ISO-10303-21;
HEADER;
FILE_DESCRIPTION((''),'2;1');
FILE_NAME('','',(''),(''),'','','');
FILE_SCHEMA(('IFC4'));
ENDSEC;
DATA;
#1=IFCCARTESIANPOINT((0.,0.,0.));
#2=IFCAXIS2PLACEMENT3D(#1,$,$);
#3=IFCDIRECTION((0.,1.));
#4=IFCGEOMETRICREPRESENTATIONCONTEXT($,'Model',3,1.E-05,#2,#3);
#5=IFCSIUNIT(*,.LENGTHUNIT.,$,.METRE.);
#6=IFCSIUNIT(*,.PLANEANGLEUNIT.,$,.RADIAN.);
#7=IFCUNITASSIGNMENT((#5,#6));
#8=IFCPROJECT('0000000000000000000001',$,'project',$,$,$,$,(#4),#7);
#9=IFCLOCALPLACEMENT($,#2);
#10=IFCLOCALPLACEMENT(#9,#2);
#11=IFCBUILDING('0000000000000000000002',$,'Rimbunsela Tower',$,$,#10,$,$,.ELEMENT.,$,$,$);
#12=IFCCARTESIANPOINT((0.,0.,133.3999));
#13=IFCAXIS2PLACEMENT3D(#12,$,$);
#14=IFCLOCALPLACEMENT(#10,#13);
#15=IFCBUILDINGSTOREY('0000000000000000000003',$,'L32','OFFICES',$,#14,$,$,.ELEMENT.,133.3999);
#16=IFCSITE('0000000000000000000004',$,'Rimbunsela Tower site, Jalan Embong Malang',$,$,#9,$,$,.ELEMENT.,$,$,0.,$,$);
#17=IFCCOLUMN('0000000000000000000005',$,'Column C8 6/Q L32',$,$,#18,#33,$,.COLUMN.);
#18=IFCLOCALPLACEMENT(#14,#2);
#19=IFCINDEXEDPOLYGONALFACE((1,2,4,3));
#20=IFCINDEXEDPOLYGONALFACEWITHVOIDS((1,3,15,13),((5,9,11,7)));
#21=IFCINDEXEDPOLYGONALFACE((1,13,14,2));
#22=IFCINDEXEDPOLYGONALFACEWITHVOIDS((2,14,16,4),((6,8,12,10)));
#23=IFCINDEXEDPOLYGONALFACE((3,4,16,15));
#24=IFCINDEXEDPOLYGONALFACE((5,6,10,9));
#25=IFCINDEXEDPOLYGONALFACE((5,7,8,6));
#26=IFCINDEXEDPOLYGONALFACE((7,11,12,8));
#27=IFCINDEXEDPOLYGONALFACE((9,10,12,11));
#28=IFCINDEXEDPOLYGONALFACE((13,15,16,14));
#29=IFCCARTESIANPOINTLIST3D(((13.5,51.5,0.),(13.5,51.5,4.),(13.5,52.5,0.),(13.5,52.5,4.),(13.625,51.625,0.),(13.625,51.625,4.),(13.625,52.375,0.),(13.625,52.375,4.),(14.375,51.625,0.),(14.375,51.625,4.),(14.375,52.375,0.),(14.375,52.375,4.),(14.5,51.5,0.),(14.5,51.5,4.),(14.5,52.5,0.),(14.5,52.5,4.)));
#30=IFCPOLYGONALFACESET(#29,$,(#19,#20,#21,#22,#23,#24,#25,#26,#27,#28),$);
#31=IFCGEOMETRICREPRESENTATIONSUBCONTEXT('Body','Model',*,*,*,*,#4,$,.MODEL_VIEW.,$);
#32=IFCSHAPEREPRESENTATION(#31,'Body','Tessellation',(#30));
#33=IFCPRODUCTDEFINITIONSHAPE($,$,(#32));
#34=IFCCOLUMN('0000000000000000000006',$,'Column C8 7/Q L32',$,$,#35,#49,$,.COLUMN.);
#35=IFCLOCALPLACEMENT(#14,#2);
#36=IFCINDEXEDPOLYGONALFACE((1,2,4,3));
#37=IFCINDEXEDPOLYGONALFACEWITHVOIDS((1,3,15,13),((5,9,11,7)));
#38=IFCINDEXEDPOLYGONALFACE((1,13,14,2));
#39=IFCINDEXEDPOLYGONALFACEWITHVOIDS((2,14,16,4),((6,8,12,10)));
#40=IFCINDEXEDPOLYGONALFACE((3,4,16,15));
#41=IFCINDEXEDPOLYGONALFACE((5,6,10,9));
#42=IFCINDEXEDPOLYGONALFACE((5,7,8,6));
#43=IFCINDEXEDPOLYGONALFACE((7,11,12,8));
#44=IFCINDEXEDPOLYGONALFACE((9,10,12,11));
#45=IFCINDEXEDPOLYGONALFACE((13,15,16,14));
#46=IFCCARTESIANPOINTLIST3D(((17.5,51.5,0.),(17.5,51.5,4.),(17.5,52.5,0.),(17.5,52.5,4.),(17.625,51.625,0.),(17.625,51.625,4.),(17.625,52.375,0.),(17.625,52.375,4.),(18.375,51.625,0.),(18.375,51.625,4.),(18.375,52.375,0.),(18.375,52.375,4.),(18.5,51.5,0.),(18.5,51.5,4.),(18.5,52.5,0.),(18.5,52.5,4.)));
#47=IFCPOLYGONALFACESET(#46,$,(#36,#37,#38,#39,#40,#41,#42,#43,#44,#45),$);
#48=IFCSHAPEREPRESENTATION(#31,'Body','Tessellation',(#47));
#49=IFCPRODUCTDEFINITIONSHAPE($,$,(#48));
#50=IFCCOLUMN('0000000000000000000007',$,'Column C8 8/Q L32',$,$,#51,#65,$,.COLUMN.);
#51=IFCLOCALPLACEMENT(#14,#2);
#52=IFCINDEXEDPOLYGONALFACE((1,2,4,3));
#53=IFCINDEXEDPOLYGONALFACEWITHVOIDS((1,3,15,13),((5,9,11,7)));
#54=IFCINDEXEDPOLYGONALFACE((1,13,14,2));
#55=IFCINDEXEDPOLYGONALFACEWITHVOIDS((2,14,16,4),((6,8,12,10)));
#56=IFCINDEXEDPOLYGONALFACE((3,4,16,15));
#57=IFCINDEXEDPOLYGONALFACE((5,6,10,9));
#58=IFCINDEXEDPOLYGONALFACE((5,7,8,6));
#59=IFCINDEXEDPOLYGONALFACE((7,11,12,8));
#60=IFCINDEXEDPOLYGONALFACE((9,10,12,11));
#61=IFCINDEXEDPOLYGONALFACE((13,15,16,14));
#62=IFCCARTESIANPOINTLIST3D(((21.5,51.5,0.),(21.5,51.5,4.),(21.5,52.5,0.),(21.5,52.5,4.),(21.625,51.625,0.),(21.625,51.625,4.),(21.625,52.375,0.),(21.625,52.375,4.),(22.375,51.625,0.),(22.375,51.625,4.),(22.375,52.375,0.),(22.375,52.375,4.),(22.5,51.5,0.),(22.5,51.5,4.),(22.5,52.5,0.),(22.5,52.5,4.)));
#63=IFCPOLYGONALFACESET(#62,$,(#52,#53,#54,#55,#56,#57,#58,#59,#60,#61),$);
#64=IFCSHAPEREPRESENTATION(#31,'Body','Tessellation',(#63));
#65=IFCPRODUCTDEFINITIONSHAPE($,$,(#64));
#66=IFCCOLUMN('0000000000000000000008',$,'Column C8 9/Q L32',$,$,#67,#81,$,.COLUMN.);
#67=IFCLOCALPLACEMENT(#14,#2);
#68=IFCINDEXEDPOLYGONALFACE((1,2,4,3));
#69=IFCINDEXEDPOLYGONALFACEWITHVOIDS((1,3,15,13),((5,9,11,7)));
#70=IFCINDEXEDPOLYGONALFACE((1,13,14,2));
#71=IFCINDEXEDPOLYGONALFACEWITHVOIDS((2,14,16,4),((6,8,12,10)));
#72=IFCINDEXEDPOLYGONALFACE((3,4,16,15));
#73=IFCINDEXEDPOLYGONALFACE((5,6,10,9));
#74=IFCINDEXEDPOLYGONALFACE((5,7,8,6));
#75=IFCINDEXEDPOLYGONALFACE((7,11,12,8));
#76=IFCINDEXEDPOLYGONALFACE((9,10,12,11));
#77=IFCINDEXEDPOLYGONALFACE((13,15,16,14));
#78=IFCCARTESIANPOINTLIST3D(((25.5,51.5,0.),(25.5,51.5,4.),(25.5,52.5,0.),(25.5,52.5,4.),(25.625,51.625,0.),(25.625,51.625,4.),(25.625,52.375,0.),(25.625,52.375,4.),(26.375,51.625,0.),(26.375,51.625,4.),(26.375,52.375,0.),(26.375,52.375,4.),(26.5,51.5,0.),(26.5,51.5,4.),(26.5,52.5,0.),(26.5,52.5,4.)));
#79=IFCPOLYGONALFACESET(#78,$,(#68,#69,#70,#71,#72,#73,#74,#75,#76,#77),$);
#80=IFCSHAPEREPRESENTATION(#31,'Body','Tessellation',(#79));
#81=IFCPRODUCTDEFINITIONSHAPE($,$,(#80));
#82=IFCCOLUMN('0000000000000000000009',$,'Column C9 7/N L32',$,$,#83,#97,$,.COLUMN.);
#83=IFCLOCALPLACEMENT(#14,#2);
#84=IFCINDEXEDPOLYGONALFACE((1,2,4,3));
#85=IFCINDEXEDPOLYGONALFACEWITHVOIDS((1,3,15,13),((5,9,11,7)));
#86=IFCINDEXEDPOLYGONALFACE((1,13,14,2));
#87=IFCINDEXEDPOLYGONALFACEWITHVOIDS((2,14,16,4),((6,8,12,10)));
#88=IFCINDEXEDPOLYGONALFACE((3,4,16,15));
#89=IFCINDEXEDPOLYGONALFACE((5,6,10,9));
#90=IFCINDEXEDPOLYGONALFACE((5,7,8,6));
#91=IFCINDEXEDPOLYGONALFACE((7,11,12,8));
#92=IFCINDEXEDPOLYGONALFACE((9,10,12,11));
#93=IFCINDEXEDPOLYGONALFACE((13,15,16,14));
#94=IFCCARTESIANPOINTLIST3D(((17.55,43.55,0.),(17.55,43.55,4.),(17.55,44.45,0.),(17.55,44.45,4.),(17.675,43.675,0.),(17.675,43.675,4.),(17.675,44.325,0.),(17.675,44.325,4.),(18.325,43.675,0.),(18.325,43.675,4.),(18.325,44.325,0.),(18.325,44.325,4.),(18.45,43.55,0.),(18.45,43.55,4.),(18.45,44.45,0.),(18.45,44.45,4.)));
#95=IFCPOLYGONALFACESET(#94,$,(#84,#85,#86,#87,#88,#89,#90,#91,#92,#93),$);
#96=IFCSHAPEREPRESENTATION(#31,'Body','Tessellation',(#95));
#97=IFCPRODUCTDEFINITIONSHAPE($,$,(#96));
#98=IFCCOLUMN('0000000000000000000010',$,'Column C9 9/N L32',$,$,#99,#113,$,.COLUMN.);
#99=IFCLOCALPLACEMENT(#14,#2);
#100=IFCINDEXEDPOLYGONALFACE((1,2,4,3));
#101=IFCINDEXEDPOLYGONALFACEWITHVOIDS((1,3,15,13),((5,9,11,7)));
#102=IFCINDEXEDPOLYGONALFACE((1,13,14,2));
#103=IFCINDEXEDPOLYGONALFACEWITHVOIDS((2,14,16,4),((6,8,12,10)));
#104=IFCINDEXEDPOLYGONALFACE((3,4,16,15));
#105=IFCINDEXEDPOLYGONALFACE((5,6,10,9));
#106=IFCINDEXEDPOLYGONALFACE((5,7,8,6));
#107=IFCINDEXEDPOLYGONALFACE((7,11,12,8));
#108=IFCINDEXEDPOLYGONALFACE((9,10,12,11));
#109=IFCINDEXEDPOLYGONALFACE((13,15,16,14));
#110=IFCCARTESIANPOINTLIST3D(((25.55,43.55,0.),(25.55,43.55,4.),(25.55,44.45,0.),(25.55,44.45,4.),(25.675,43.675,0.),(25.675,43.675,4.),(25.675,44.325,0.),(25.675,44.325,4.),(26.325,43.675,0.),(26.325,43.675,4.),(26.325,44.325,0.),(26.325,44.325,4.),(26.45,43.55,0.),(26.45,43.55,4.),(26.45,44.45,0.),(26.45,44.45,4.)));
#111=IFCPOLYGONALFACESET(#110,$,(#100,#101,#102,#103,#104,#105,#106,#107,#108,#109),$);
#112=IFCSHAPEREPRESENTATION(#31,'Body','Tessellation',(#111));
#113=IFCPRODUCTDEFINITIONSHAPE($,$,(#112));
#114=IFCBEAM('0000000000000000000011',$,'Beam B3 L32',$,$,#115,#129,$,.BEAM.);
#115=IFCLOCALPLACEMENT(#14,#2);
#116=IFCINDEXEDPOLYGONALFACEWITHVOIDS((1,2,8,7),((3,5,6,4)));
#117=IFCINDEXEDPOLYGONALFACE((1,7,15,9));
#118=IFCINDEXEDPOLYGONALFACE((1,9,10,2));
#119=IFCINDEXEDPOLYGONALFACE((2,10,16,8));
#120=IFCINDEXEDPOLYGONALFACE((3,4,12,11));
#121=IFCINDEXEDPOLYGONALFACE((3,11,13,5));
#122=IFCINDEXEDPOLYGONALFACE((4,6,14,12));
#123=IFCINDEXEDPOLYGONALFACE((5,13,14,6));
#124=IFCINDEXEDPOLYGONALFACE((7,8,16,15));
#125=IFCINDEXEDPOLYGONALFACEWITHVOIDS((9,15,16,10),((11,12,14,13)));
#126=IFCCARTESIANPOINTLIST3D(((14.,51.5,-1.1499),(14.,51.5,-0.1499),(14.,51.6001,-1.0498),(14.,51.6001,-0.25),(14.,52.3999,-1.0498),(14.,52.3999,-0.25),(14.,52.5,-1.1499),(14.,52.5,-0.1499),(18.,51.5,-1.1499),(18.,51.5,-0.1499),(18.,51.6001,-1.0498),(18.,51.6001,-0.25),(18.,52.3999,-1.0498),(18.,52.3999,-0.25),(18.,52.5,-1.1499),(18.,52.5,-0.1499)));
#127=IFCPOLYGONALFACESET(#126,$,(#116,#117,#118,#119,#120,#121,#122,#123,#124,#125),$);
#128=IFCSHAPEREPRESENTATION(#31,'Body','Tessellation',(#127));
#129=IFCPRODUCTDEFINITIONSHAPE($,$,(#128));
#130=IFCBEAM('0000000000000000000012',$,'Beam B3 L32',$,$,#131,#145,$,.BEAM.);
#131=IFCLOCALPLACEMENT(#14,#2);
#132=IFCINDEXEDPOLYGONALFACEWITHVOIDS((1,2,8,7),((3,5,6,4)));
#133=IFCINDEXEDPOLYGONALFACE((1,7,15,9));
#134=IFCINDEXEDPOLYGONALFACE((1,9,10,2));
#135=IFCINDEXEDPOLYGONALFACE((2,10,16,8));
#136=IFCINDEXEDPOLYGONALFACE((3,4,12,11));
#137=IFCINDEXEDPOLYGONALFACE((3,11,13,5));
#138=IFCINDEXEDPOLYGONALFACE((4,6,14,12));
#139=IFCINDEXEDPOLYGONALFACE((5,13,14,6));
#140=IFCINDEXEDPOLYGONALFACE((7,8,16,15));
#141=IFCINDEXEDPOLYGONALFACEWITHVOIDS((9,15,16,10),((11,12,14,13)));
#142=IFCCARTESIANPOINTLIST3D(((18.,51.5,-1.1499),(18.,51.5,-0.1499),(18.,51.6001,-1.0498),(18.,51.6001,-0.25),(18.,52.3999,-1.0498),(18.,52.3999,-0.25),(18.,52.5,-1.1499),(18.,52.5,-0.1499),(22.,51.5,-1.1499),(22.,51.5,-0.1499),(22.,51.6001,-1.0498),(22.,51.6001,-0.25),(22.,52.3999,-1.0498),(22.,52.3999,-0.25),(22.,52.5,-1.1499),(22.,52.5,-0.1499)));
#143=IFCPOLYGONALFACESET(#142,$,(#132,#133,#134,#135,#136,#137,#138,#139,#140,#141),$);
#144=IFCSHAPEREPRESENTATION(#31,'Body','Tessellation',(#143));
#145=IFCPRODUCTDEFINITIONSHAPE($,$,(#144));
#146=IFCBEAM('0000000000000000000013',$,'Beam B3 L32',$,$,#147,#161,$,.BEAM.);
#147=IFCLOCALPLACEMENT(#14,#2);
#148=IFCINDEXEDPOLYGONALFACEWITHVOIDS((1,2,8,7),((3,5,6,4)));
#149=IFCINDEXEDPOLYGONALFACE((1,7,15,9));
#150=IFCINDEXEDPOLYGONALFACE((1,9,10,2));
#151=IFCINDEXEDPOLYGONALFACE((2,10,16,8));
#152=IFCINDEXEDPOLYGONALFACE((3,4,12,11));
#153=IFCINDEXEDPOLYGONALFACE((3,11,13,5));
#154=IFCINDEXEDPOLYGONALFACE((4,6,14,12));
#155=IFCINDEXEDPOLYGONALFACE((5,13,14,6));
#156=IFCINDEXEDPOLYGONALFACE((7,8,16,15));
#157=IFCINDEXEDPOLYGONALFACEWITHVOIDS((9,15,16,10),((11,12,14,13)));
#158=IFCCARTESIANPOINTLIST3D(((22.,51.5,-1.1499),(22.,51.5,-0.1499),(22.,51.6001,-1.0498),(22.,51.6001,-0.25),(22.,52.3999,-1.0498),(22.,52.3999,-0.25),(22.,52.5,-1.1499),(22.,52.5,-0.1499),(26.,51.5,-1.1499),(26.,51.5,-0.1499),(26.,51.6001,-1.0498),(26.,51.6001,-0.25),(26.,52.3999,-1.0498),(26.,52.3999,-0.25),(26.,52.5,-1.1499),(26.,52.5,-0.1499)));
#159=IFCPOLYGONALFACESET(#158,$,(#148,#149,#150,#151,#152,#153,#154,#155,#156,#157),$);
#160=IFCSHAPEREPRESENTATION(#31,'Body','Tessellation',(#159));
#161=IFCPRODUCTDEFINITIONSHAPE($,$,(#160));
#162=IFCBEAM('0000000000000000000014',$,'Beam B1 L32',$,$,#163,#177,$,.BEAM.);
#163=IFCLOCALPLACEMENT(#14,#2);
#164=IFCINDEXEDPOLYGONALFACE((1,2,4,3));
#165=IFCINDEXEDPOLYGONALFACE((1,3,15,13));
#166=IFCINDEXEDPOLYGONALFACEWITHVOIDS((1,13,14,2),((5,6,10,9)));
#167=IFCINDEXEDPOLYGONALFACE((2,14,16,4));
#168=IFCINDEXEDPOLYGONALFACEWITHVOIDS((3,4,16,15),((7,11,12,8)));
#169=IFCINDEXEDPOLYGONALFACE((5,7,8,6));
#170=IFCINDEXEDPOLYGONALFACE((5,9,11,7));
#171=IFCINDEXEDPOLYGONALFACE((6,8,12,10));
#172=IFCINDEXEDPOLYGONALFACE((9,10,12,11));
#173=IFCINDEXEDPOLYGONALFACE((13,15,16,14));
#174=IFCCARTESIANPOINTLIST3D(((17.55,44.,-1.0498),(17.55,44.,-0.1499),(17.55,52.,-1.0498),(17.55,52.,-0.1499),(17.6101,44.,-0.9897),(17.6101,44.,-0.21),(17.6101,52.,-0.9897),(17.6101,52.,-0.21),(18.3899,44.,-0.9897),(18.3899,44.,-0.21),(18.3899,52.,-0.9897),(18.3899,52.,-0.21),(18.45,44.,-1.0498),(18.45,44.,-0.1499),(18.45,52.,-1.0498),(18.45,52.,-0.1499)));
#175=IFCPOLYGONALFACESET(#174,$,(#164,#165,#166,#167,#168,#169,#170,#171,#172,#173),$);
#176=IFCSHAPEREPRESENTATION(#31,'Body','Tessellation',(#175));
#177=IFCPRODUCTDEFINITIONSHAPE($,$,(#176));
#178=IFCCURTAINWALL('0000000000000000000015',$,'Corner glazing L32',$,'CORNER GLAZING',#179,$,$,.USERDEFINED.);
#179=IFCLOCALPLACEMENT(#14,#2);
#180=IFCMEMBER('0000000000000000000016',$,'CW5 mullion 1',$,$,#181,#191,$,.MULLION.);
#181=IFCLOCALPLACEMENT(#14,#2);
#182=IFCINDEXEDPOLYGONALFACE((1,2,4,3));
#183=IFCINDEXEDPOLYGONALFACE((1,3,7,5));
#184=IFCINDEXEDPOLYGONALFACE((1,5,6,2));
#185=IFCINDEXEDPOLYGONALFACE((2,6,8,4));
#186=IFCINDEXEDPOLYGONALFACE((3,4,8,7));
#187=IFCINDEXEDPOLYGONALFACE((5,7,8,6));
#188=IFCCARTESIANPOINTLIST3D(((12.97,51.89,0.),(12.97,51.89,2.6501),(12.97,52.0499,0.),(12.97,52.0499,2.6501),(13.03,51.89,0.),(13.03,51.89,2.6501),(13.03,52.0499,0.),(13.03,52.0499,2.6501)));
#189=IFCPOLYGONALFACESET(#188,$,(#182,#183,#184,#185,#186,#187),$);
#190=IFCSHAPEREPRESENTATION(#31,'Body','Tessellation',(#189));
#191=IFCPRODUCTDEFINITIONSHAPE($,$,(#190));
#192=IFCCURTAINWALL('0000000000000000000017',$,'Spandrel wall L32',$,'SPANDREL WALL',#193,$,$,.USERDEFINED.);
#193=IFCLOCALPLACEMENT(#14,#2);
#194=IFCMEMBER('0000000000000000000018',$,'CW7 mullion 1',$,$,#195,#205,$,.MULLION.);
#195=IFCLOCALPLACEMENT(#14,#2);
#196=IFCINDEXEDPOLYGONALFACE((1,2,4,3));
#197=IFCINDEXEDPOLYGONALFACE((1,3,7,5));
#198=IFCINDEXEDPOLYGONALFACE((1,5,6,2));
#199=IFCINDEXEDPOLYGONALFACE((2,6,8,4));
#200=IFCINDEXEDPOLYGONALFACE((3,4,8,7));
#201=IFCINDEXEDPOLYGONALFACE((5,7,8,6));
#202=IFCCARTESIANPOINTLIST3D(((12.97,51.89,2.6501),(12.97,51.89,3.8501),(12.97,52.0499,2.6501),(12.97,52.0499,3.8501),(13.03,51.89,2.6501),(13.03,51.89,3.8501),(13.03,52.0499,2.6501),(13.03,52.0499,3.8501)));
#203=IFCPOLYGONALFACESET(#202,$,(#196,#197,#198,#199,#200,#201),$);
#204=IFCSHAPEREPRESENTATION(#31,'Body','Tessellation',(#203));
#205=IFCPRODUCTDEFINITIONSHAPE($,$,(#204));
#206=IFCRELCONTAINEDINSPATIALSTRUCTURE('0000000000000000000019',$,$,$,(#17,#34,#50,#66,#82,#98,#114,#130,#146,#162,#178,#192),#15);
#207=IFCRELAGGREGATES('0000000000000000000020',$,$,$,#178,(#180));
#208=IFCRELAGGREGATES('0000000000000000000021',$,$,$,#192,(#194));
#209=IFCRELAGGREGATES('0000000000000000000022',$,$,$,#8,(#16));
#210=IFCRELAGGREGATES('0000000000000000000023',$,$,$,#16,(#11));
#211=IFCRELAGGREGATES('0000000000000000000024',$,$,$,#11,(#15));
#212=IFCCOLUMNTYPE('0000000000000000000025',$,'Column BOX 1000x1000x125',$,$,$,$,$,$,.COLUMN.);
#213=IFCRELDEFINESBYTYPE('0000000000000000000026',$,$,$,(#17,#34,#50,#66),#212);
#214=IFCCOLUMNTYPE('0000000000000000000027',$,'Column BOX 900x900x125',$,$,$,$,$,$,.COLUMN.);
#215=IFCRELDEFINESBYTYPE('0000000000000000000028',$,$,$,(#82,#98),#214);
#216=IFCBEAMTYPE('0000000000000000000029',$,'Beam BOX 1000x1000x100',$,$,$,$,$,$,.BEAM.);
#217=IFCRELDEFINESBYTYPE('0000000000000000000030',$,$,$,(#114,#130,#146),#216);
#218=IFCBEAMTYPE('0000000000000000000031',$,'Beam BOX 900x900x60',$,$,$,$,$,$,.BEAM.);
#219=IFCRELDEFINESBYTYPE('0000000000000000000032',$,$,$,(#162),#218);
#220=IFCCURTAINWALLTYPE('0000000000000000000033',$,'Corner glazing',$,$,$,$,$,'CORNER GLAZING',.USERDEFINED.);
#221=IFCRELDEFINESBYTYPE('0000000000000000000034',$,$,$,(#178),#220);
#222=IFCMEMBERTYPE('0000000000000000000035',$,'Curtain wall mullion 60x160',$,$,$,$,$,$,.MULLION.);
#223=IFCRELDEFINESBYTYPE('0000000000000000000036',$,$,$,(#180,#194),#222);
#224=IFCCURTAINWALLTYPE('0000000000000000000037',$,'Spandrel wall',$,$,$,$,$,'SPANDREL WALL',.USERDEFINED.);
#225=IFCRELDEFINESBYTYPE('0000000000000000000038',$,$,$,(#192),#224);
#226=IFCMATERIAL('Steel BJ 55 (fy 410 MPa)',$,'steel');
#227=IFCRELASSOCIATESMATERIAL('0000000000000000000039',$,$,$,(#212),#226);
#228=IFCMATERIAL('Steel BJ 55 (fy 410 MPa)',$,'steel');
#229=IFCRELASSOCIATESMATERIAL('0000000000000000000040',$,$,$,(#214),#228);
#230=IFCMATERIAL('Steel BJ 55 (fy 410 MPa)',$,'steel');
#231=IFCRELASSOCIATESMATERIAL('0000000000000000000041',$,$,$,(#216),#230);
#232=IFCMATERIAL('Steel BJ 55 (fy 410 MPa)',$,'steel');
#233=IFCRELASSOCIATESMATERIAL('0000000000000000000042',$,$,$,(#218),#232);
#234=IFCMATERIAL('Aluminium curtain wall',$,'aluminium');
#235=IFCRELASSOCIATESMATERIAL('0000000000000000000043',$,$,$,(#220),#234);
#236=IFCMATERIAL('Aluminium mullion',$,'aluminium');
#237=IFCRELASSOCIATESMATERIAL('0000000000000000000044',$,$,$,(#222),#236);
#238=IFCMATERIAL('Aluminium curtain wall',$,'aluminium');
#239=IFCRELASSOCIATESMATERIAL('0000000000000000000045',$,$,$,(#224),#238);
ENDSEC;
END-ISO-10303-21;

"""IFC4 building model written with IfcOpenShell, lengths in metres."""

from ifc_helpers import new_model, si_unit, direction, frame, origin, origin_2d, place, context, subcontext, project, spatial, rectangle, hollow_rectangle, extrude, material, material_profile, profile_set, type_object, element, aggregate, save


model = new_model("IFC4")

# Units and contexts
model_context = context("Model", 3, precision=1e-05, world=origin(), true_north=direction((0.0, 1.0)))
body_context = subcontext(model_context, "Body", "Model", "MODEL_VIEW")
ifc_project = project(units=[si_unit("LENGTHUNIT", "METRE"), si_unit("PLANEANGLEUNIT", "RADIAN")], contexts=[model_context])

# Site, building, storey
site_placement = place(None, origin())
site = spatial("IfcSite", under=ifc_project, at=site_placement, Name="Rimbunsela Tower site, Jalan Embong Malang", CompositionType="ELEMENT", RefElevation=0.0)
building_placement = place(site_placement, origin())
building = spatial("IfcBuilding", under=site, at=building_placement, Name="Rimbunsela Tower", CompositionType="ELEMENT")
storey_placement = place(building_placement, frame((0.0, 0.0, 133.3999)))
storey = spatial("IfcBuildingStorey", under=building, at=storey_placement, Name="L32", Description="OFFICES", CompositionType="ELEMENT", Elevation=133.3999)

# Columns
ifc_material_1 = material(Name="Steel BJ 55 (fy 410 MPa)", Category="steel")
ifc_material_profile_1 = material_profile(ifc_material_1, hollow_rectangle(XDim=1.0, YDim=1.0, WallThickness=0.125, at=origin_2d()), Name="BOX 1000x1000x125")
ifc_profile_set_1 = profile_set([ifc_material_profile_1], Name="Steel BJ 55 (fy 410 MPa)")
column_type_1 = type_object("IfcColumnType", Name="Column BOX 1000x1000x125", PredefinedType="COLUMN", material=ifc_profile_set_1)
for number, where, z_axis, x_axis, name in (
    (1, (14.0, 52.0, 0.0), (0.0, 0.0, 1.0), (1.0, 0.0, 0.0), "Column C8 6/Q L32"),
    (2, (18.0, 52.0, 0.0), (0.0, 0.0, 1.0), (1.0, 0.0, 0.0), "Column C8 7/Q L32"),
    (3, (22.0, 52.0, 0.0), (0.0, 0.0, 1.0), (1.0, 0.0, 0.0), "Column C8 8/Q L32"),
    (4, (26.0, 52.0, 0.0), (0.0, 0.0, 1.0), (1.0, 0.0, 0.0), "Column C8 9/Q L32"),
):
    element("IfcColumn", number, at=place(storey_placement, frame(where, z_axis=z_axis, x_axis=x_axis)), inside=storey, type_object=column_type_1, Name=name, PredefinedType="COLUMN", context=body_context, shape_type="SweptSolid", body=[
        extrude(hollow_rectangle(XDim=1.0, YDim=1.0, WallThickness=0.125, at=origin_2d()), origin(), (0.0, 0.0, 1.0), 4.0),
    ])
ifc_material_2 = material(Name="Steel BJ 55 (fy 410 MPa)", Category="steel")
ifc_material_profile_2 = material_profile(ifc_material_2, hollow_rectangle(XDim=0.8999, YDim=0.8999, WallThickness=0.125, at=origin_2d()), Name="BOX 900x900x125")
ifc_profile_set_2 = profile_set([ifc_material_profile_2], Name="Steel BJ 55 (fy 410 MPa)")
column_type_2 = type_object("IfcColumnType", Name="Column BOX 900x900x125", PredefinedType="COLUMN", material=ifc_profile_set_2)
for number, where, z_axis, x_axis, name in (
    (5, (18.0, 44.0, 0.0), (0.0, 0.0, 1.0), (1.0, 0.0, 0.0), "Column C9 7/N L32"),
    (6, (26.0, 44.0, 0.0), (0.0, 0.0, 1.0), (1.0, 0.0, 0.0), "Column C9 9/N L32"),
):
    element("IfcColumn", number, at=place(storey_placement, frame(where, z_axis=z_axis, x_axis=x_axis)), inside=storey, type_object=column_type_2, Name=name, PredefinedType="COLUMN", context=body_context, shape_type="SweptSolid", body=[
        extrude(hollow_rectangle(XDim=0.8999, YDim=0.8999, WallThickness=0.125, at=origin_2d()), origin(), (0.0, 0.0, 1.0), 4.0),
    ])

# Beams
ifc_material_3 = material(Name="Steel BJ 55 (fy 410 MPa)", Category="steel")
ifc_material_profile_3 = material_profile(ifc_material_3, hollow_rectangle(XDim=1.0, YDim=1.0, WallThickness=0.1001, at=origin_2d()), Name="BOX 1000x1000x100")
ifc_profile_set_3 = profile_set([ifc_material_profile_3], Name="Steel BJ 55 (fy 410 MPa)")
beam_type_1 = type_object("IfcBeamType", Name="Beam BOX 1000x1000x100", PredefinedType="BEAM", material=ifc_profile_set_3)
for number, where, z_axis, x_axis, name in (
    (7, (14.0, 52.0, -0.6499), (1.0, 0.0, 0.0), (0.0, 1.0, 0.0), "Beam B3 L32"),
    (8, (18.0, 52.0, -0.6499), (1.0, 0.0, 0.0), (0.0, 1.0, 0.0), "Beam B3 L32"),
    (9, (22.0, 52.0, -0.6499), (1.0, 0.0, 0.0), (0.0, 1.0, 0.0), "Beam B3 L32"),
):
    element("IfcBeam", number, at=place(storey_placement, frame(where, z_axis=z_axis, x_axis=x_axis)), inside=storey, type_object=beam_type_1, Name=name, PredefinedType="BEAM", context=body_context, shape_type="SweptSolid", body=[
        extrude(hollow_rectangle(XDim=1.0, YDim=1.0, WallThickness=0.1001, at=origin_2d()), origin(), (0.0, 0.0, 1.0), 4.0),
    ])
ifc_material_4 = material(Name="Steel BJ 55 (fy 410 MPa)", Category="steel")
ifc_material_profile_4 = material_profile(ifc_material_4, hollow_rectangle(XDim=0.8999, YDim=0.8999, WallThickness=0.0601, at=origin_2d()), Name="BOX 900x900x60")
ifc_profile_set_4 = profile_set([ifc_material_profile_4], Name="Steel BJ 55 (fy 410 MPa)")
beam_type_2 = type_object("IfcBeamType", Name="Beam BOX 900x900x60", PredefinedType="BEAM", material=ifc_profile_set_4)
beam_placement = place(storey_placement, frame((18.0, 44.0, -0.5999), z_axis=(0.0, 1.0, 0.0), x_axis=(-1.0, 0.0, 0.0)))
element("IfcBeam", 10, at=beam_placement, inside=storey, type_object=beam_type_2, Name="Beam B1 L32", PredefinedType="BEAM", context=body_context, shape_type="SweptSolid", body=[
    extrude(hollow_rectangle(XDim=0.8999, YDim=0.8999, WallThickness=0.0601, at=origin_2d()), origin(), (0.0, 0.0, 1.0), 8.0),
])

# Curtain walls, members
ifc_material_5 = material(Name="Aluminium curtain wall", Category="aluminium")
curtain_wall_type_1 = type_object("IfcCurtainWallType", Name="Corner glazing", ElementType="CORNER GLAZING", PredefinedType="USERDEFINED", material=ifc_material_5)
curtain_wall_1_placement = place(storey_placement, origin())
curtain_wall_1 = element("IfcCurtainWall", 11, at=curtain_wall_1_placement, inside=storey, type_object=curtain_wall_type_1, Name="Corner glazing L32", ObjectType="CORNER GLAZING", PredefinedType="USERDEFINED")
ifc_material_6 = material(Name="Aluminium mullion", Category="aluminium")
ifc_material_profile_5 = material_profile(ifc_material_6, rectangle(XDim=0.0601, YDim=0.1599, at=origin_2d()), Name="Mullion 60x160")
ifc_profile_set_5 = profile_set([ifc_material_profile_5], Name="Aluminium mullion")
member_type_1 = type_object("IfcMemberType", Name="Curtain wall mullion 60x160", PredefinedType="MULLION", material=ifc_profile_set_5)
member_1_placement = place(storey_placement, frame((13.0, 51.97, 0.0), z_axis=(0.0, 0.0, 1.0), x_axis=(1.0, 0.0, 0.0)))
member_1 = element("IfcMember", 12, at=member_1_placement, type_object=member_type_1, Name="CW5 mullion 1", PredefinedType="MULLION", context=body_context, shape_type="SweptSolid", body=[
    extrude(rectangle(XDim=0.0601, YDim=0.1599, at=origin_2d()), origin(), (0.0, 0.0, 1.0), 2.6501),
])
ifc_material_7 = material(Name="Aluminium curtain wall", Category="aluminium")
curtain_wall_type_2 = type_object("IfcCurtainWallType", Name="Spandrel wall", ElementType="SPANDREL WALL", PredefinedType="USERDEFINED", material=ifc_material_7)
curtain_wall_2_placement = place(storey_placement, origin())
curtain_wall_2 = element("IfcCurtainWall", 13, at=curtain_wall_2_placement, inside=storey, type_object=curtain_wall_type_2, Name="Spandrel wall L32", ObjectType="SPANDREL WALL", PredefinedType="USERDEFINED")
member_2_placement = place(storey_placement, frame((13.0, 51.97, 2.6501), z_axis=(0.0, 0.0, 1.0), x_axis=(1.0, 0.0, 0.0)))
member_2 = element("IfcMember", 14, at=member_2_placement, type_object=member_type_1, Name="CW7 mullion 1", PredefinedType="MULLION", context=body_context, shape_type="SweptSolid", body=[
    extrude(rectangle(XDim=0.0601, YDim=0.1599, at=origin_2d()), origin(), (0.0, 0.0, 1.0), 1.2),
])

aggregate(curtain_wall_1, [member_1])

aggregate(curtain_wall_2, [member_2])

save(model, "model.ifc")
